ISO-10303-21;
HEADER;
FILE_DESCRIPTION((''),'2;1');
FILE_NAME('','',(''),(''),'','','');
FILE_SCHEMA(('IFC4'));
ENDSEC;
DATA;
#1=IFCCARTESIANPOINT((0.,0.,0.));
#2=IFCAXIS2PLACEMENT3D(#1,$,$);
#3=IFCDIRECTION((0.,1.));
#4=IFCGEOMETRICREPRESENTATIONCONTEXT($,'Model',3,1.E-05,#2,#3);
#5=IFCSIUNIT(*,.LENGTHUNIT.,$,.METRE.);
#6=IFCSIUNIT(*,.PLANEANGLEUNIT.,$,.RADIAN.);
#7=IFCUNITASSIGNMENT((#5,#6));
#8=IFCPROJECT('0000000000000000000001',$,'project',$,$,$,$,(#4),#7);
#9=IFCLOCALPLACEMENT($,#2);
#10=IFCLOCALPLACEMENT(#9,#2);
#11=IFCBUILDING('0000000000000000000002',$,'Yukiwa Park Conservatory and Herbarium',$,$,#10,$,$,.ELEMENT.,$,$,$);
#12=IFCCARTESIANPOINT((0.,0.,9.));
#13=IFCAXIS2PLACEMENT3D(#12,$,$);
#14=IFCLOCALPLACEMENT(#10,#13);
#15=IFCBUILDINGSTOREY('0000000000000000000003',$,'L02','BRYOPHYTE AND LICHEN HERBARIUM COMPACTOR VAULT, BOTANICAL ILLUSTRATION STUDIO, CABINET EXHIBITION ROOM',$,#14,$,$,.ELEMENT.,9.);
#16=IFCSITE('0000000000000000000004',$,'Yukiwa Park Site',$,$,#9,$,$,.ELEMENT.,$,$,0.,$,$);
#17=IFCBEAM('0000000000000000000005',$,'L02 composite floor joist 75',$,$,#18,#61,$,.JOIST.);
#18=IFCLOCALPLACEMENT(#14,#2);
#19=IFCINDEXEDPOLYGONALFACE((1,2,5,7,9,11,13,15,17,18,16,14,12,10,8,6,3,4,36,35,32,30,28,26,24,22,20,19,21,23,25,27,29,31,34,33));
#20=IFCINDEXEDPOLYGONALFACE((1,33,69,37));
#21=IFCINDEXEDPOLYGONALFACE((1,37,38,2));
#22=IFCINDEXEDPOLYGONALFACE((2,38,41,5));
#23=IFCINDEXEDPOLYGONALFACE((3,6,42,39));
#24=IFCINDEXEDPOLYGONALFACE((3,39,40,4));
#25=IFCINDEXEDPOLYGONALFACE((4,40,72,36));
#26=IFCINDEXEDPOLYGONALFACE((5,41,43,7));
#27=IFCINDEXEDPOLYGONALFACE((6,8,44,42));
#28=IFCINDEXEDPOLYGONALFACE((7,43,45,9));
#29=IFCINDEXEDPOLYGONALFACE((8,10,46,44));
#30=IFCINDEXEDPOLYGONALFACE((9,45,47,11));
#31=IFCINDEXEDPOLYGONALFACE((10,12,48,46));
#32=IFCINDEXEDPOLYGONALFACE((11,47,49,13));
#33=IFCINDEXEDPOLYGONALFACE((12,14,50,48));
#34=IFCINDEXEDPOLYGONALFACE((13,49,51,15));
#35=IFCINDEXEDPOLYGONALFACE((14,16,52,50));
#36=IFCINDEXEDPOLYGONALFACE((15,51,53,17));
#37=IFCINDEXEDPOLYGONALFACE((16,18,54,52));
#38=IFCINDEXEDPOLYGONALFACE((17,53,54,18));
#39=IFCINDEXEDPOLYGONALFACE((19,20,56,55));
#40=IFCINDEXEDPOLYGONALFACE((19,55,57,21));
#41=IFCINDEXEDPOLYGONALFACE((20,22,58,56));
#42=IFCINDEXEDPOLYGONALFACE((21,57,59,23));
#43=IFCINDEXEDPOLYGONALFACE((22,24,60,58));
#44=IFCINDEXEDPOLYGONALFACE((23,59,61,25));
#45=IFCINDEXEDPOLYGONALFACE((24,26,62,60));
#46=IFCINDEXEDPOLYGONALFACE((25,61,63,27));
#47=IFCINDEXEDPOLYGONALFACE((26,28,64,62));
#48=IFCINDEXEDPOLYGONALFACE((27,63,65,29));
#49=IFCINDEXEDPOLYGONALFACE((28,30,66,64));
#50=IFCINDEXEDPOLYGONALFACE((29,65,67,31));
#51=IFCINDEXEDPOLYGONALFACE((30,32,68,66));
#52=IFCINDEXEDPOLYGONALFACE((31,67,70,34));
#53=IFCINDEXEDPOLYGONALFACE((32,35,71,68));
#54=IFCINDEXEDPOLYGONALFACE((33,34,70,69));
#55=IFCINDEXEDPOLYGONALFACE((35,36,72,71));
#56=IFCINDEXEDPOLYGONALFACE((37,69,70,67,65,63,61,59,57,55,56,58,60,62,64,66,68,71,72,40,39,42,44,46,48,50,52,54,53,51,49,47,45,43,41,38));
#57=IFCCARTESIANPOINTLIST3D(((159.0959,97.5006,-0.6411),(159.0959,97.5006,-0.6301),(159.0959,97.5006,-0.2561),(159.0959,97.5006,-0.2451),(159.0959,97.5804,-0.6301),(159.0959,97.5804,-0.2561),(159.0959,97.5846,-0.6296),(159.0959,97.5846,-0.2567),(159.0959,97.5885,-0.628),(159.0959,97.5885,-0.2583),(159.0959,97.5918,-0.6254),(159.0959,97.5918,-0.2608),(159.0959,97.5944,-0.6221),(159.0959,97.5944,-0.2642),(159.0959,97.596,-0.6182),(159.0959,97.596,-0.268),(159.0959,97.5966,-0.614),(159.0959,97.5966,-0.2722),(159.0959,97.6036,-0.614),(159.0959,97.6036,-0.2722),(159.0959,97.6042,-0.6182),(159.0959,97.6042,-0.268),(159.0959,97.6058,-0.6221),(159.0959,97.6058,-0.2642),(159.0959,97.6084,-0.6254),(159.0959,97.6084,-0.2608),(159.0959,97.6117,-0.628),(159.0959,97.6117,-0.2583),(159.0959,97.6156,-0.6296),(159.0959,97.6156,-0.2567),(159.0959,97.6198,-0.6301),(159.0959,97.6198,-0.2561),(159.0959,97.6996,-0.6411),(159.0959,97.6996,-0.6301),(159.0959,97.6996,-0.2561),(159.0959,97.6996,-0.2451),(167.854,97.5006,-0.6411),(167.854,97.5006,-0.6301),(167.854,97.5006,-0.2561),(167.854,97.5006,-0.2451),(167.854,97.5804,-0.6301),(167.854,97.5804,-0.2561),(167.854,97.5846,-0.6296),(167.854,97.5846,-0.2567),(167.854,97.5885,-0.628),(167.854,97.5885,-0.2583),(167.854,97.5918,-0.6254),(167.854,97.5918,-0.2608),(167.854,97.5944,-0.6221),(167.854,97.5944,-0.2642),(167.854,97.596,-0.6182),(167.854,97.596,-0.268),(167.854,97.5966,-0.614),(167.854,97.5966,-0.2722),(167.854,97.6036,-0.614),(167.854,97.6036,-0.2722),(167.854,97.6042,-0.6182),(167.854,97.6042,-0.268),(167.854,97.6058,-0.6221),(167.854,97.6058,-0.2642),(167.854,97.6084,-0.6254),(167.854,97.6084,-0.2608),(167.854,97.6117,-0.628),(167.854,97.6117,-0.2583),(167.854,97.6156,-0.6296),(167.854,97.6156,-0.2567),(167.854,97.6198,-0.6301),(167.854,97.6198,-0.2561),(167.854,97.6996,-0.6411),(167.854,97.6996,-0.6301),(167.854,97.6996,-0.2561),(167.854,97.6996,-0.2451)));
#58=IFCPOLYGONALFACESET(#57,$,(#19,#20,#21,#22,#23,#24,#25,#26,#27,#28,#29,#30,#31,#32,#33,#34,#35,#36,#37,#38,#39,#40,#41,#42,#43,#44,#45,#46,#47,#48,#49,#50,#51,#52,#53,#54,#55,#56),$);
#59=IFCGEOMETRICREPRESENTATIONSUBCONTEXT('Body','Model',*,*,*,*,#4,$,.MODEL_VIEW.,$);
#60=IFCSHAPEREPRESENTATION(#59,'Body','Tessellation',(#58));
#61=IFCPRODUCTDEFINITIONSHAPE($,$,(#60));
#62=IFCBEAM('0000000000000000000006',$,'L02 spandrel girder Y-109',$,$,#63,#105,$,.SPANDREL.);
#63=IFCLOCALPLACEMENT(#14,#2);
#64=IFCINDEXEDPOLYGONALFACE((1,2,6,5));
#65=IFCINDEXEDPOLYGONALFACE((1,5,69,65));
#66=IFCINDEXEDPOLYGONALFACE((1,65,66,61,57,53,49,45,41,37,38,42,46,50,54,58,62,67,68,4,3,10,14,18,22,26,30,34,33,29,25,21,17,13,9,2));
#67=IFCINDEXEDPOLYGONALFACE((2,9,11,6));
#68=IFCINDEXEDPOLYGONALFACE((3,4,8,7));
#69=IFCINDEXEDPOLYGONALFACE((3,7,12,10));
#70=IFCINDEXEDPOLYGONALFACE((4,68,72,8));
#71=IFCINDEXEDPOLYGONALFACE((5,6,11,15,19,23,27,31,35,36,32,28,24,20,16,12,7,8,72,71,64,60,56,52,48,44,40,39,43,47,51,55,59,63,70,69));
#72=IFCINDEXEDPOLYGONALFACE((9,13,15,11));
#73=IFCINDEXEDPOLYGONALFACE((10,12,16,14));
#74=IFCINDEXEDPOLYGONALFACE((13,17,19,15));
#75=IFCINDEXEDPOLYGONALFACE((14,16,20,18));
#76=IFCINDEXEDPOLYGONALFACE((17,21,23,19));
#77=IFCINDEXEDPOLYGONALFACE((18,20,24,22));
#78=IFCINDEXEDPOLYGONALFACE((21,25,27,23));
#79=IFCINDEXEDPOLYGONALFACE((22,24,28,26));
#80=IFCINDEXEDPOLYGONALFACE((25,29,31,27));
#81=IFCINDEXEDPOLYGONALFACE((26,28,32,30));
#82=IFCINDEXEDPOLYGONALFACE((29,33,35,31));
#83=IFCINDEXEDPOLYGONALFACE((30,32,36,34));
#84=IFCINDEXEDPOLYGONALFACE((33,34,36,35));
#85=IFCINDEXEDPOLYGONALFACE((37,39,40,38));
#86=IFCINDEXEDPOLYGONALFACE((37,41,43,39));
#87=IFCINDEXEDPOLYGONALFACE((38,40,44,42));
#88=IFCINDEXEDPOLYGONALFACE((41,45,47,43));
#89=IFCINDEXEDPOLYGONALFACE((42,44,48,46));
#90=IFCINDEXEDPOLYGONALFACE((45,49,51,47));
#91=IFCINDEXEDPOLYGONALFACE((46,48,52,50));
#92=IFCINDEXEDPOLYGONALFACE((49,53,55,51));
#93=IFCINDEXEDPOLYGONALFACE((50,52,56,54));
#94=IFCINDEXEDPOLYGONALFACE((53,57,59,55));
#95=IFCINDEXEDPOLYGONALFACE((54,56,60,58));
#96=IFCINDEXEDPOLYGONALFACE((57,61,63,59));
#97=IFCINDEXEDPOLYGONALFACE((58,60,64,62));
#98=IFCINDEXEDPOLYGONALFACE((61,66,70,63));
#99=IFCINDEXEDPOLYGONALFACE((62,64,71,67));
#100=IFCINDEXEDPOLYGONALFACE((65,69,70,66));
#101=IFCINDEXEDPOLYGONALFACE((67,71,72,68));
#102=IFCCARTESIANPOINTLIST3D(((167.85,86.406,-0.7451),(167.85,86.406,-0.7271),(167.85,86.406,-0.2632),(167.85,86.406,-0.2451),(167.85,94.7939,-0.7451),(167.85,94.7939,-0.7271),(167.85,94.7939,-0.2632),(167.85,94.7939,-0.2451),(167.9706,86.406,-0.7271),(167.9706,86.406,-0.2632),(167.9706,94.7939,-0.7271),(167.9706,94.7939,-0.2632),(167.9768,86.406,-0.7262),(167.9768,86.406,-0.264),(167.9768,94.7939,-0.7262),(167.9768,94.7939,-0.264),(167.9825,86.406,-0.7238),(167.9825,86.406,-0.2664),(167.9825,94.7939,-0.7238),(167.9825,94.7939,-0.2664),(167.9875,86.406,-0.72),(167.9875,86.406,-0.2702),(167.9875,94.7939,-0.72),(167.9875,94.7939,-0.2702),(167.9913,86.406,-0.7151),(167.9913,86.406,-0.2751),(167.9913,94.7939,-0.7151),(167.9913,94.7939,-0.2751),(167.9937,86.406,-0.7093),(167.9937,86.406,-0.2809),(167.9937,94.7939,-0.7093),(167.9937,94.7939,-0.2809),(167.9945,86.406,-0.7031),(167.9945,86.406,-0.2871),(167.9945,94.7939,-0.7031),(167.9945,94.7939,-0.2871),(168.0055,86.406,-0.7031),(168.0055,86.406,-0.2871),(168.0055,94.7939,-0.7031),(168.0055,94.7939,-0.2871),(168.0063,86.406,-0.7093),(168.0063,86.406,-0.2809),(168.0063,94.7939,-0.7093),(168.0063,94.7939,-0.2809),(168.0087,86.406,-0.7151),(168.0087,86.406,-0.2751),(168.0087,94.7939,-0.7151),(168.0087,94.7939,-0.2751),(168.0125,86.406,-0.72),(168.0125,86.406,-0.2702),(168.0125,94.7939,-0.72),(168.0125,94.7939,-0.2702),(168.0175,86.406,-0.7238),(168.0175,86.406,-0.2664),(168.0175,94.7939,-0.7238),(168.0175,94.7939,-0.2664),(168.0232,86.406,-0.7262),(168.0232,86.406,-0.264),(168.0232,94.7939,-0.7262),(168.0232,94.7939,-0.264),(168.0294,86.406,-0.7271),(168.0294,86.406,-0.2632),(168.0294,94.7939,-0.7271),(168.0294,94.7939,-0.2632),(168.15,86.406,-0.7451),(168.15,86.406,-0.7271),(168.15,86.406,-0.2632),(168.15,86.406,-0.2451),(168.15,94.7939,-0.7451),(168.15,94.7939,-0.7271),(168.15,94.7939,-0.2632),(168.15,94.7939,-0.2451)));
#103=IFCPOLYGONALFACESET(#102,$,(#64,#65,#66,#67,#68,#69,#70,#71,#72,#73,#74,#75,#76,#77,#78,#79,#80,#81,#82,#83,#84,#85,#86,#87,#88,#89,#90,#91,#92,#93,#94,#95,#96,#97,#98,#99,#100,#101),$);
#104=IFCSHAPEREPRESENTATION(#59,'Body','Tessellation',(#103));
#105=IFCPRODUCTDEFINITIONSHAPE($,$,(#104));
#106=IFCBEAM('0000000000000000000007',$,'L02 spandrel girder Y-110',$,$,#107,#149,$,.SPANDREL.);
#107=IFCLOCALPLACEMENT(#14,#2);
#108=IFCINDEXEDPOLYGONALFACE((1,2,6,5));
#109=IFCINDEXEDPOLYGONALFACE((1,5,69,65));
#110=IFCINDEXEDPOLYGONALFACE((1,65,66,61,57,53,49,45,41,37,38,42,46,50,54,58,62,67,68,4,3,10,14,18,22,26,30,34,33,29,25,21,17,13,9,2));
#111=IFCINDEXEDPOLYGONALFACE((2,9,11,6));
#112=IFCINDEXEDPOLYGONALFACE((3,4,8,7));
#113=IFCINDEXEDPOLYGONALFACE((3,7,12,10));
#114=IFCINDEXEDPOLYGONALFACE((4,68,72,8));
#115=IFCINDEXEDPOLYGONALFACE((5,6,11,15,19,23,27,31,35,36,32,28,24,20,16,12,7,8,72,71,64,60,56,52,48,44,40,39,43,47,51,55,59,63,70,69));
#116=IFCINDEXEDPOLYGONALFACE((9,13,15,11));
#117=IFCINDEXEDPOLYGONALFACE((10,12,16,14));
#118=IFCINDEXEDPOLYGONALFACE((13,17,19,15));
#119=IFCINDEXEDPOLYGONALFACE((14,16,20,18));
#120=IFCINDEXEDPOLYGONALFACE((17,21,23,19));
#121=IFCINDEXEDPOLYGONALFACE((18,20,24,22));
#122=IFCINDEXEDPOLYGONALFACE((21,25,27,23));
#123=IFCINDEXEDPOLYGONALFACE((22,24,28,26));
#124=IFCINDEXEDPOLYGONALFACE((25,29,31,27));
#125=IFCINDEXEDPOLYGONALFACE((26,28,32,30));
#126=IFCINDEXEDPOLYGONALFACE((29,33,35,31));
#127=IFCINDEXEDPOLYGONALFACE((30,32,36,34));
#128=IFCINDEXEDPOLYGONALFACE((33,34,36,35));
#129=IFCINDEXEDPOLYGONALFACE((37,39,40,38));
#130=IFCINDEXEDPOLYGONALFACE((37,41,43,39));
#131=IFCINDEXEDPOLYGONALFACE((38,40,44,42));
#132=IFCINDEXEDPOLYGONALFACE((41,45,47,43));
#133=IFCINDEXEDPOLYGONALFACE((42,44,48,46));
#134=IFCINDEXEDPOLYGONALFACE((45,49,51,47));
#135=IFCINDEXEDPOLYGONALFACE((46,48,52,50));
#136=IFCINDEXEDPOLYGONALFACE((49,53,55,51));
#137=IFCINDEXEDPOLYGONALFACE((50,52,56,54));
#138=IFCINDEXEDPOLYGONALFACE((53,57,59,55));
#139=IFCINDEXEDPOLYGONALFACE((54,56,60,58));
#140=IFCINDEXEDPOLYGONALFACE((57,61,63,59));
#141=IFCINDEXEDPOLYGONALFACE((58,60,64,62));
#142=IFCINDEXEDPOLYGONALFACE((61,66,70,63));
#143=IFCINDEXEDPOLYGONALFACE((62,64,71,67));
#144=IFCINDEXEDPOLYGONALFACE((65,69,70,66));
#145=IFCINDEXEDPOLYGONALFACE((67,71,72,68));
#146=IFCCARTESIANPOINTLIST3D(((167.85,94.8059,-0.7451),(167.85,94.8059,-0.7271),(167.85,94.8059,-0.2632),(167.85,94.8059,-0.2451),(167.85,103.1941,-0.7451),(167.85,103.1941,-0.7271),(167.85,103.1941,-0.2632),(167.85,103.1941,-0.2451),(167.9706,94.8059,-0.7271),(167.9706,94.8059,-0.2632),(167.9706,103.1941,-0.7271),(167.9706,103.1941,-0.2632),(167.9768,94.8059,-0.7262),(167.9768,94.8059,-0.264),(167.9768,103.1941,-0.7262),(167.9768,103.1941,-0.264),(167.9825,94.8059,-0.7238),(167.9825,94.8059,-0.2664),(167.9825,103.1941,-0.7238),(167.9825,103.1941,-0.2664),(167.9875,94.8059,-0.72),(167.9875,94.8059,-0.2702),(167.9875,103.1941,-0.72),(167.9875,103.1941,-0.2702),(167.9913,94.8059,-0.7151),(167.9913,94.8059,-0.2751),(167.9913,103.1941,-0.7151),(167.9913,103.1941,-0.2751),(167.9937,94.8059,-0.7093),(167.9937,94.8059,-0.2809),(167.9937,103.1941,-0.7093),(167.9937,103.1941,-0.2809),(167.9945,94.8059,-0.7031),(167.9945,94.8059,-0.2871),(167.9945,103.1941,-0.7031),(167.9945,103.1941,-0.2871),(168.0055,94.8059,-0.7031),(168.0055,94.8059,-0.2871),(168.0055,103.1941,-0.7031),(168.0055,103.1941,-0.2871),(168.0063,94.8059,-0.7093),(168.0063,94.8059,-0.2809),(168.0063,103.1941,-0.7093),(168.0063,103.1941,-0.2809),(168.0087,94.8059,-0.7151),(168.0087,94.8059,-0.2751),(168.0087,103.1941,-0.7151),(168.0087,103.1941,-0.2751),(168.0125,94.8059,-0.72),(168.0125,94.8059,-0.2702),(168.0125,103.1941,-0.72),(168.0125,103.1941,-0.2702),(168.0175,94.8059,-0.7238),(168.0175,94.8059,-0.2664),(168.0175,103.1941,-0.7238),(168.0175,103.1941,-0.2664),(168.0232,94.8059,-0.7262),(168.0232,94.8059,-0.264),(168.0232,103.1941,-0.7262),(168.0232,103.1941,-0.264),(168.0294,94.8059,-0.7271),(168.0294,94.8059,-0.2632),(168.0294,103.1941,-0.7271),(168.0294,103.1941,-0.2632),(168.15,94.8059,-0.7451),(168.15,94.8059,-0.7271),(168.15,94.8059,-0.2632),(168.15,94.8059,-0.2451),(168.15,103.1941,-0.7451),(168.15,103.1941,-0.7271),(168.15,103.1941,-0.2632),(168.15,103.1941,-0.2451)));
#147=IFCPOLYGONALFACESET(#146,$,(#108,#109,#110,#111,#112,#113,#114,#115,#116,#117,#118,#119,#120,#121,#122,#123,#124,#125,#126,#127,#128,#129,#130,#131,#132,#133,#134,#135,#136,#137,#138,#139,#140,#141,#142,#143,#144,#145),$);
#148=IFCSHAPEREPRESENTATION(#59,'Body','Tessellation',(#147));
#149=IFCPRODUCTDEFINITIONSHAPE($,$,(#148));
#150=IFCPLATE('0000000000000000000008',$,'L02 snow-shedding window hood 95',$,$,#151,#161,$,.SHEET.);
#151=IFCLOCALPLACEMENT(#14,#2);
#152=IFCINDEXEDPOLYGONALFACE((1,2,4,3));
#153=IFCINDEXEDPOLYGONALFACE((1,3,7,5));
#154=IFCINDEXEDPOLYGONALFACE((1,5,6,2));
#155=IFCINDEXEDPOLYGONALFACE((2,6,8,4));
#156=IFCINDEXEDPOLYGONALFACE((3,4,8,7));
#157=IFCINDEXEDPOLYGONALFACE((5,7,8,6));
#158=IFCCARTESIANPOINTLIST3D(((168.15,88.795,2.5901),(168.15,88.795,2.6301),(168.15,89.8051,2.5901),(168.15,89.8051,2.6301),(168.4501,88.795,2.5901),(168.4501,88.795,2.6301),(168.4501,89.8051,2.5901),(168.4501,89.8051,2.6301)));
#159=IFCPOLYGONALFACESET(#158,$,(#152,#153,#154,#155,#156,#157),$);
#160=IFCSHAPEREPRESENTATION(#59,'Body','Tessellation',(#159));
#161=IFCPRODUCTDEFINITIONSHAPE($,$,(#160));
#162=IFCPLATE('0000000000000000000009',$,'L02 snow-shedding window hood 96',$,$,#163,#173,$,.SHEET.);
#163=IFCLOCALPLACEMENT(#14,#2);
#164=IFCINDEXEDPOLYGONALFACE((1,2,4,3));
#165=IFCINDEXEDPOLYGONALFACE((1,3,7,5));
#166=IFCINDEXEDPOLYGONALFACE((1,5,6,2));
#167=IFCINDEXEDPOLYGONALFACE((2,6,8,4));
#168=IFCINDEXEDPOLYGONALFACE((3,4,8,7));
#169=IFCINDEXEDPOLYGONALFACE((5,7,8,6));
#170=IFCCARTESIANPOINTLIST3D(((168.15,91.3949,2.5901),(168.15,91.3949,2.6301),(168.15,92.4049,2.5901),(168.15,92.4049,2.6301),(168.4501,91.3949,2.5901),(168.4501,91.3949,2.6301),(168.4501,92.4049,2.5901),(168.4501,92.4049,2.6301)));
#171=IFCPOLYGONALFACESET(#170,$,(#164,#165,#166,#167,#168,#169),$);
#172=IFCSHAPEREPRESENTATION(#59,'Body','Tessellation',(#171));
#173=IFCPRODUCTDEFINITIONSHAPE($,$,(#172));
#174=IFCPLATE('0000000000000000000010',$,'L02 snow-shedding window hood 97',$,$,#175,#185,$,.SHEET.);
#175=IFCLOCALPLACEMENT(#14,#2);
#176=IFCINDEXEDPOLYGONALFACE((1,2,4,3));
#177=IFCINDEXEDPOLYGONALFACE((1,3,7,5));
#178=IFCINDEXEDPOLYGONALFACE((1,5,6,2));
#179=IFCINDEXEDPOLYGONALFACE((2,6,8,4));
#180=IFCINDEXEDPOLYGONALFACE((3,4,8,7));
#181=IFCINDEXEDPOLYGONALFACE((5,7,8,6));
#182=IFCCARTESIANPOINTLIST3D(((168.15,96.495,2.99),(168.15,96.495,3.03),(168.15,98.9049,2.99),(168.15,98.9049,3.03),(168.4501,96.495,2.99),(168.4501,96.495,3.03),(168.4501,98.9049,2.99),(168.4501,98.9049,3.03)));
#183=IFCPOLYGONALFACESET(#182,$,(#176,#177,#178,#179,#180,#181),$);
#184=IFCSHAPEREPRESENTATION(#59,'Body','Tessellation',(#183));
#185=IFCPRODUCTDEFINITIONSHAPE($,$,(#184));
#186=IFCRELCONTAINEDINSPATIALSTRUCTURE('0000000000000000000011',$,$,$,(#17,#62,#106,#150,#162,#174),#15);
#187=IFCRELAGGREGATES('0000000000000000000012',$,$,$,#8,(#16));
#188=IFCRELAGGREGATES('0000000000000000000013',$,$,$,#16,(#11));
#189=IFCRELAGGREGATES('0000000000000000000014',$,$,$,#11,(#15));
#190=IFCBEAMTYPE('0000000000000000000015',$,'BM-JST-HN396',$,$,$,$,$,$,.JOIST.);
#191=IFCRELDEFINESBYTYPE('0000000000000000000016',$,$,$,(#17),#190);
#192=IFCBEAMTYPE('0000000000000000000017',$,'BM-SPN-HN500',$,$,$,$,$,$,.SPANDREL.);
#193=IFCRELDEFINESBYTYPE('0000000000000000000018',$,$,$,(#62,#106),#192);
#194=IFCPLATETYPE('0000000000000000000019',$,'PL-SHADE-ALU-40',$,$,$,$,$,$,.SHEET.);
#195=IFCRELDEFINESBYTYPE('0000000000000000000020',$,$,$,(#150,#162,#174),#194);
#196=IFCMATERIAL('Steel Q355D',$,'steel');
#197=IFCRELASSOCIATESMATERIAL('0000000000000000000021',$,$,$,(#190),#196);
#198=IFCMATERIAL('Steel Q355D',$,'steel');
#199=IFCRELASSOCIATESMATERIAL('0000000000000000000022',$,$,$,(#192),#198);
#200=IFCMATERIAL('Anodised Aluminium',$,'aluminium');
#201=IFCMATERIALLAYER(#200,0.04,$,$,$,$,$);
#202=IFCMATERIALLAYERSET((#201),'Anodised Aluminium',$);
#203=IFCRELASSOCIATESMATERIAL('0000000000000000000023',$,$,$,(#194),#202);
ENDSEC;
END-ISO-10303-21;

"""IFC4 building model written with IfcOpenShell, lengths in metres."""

from ifc_helpers import new_model, si_unit, direction, frame, origin, origin_2d, place, context, subcontext, project, spatial, rectangle, i_section, extrude, material, layer, layer_set, material_profile, profile_set, type_object, element, save


model = new_model("IFC4")

# Units and contexts
model_context = context("Model", 3, precision=1e-05, world=origin(), true_north=direction((0.0, 1.0)))
body_context = subcontext(model_context, "Body", "Model", "MODEL_VIEW")
ifc_project = project(units=[si_unit("LENGTHUNIT", "METRE"), si_unit("PLANEANGLEUNIT", "RADIAN")], contexts=[model_context])

# Site, building, storey
site_placement = place(None, origin())
site = spatial("IfcSite", under=ifc_project, at=site_placement, Name="Yukiwa Park Site", CompositionType="ELEMENT", RefElevation=0.0)
building_placement = place(site_placement, origin())
building = spatial("IfcBuilding", under=site, at=building_placement, Name="Yukiwa Park Conservatory and Herbarium", CompositionType="ELEMENT")
storey_placement = place(building_placement, frame((0.0, 0.0, 9.0)))
storey = spatial("IfcBuildingStorey", under=building, at=storey_placement, Name="L02", Description="BRYOPHYTE AND LICHEN HERBARIUM COMPACTOR VAULT, BOTANICAL ILLUSTRATION STUDIO, CABINET EXHIBITION ROOM", CompositionType="ELEMENT", Elevation=9.0)

# Beams
ifc_material_1 = material(Name="Steel Q355D", Category="steel")
ifc_material_profile_1 = material_profile(ifc_material_1, i_section(OverallWidth=0.199, OverallDepth=0.396, WebThickness=0.0071, FlangeThickness=0.011, FilletRadius=0.0161, at=origin_2d()), Name="HN 396x199x7x11")
ifc_profile_set_1 = profile_set([ifc_material_profile_1], Name="Steel Q355D")
beam_type_1 = type_object("IfcBeamType", Name="BM-JST-HN396", PredefinedType="JOIST", material=ifc_profile_set_1)
for number, where, z_axis, x_axis, name in (
    (1, (159.0959, 97.6001, -0.4431), (1.0, 0.0, 0.0), (0.0, 1.0, 0.0), "L02 composite floor joist 75"),
):
    element("IfcBeam", number, at=place(storey_placement, frame(where, z_axis=z_axis, x_axis=x_axis)), inside=storey, type_object=beam_type_1, Name=name, PredefinedType="JOIST", context=body_context, shape_type="SweptSolid", body=[
        extrude(i_section(OverallWidth=0.199, OverallDepth=0.396, WebThickness=0.0071, FlangeThickness=0.011, FilletRadius=0.0161, at=origin_2d()), origin(), (0.0, 0.0, 1.0), 8.7581),
    ])
ifc_material_2 = material(Name="Steel Q355D", Category="steel")
ifc_material_profile_2 = material_profile(ifc_material_2, i_section(OverallWidth=0.3, OverallDepth=0.5, WebThickness=0.011, FlangeThickness=0.0181, FilletRadius=0.0239, at=origin_2d()), Name="HM 500x300x11x18")
ifc_profile_set_2 = profile_set([ifc_material_profile_2], Name="Steel Q355D")
beam_type_2 = type_object("IfcBeamType", Name="BM-SPN-HN500", PredefinedType="SPANDREL", material=ifc_profile_set_2)
beam_1_placement = place(storey_placement, frame((168.0, 86.406, -0.4951), z_axis=(0.0, 1.0, 0.0), x_axis=(-1.0, 0.0, 0.0)))
element("IfcBeam", 2, at=beam_1_placement, inside=storey, type_object=beam_type_2, Name="L02 spandrel girder Y-109", PredefinedType="SPANDREL", context=body_context, shape_type="SweptSolid", body=[
    extrude(i_section(OverallWidth=0.3, OverallDepth=0.5, WebThickness=0.011, FlangeThickness=0.0181, FilletRadius=0.0239, at=origin_2d()), origin(), (0.0, 0.0, 1.0), 8.3879),
])
beam_2_placement = place(storey_placement, frame((168.0, 94.8059, -0.4951), z_axis=(0.0, 1.0, 0.0), x_axis=(-1.0, 0.0, 0.0)))
element("IfcBeam", 3, at=beam_2_placement, inside=storey, type_object=beam_type_2, Name="L02 spandrel girder Y-110", PredefinedType="SPANDREL", context=body_context, shape_type="SweptSolid", body=[
    extrude(i_section(OverallWidth=0.3, OverallDepth=0.5, WebThickness=0.011, FlangeThickness=0.0181, FilletRadius=0.0239, at=origin_2d()), origin(), (0.0, 0.0, 1.0), 8.3882),
])

# Plates
ifc_material_3 = material(Name="Anodised Aluminium", Category="aluminium")
ifc_layer_1 = layer(ifc_material_3, 0.04)
ifc_layer_set_1 = layer_set([ifc_layer_1], Name="Anodised Aluminium")
plate_type = type_object("IfcPlateType", Name="PL-SHADE-ALU-40", PredefinedType="SHEET", material=ifc_layer_set_1)
for number, where, z_axis, x_axis, name in (
    (4, (168.3, 89.3, 2.5901), (0.0, 0.0, 1.0), (0.0, 1.0, 0.0), "L02 snow-shedding window hood 95"),
    (5, (168.3, 91.8999, 2.5901), (0.0, 0.0, 1.0), (0.0, 1.0, 0.0), "L02 snow-shedding window hood 96"),
):
    element("IfcPlate", number, at=place(storey_placement, frame(where, z_axis=z_axis, x_axis=x_axis)), inside=storey, type_object=plate_type, Name=name, PredefinedType="SHEET", context=body_context, shape_type="SweptSolid", body=[
        extrude(rectangle(XDim=1.01, YDim=0.3, at=origin_2d()), origin(), (0.0, 0.0, 1.0), 0.04),
    ])
plate_placement = place(storey_placement, frame((168.3, 97.7, 2.99), z_axis=(0.0, 0.0, 1.0), x_axis=(0.0, 1.0, 0.0)))
element("IfcPlate", 6, at=plate_placement, inside=storey, type_object=plate_type, Name="L02 snow-shedding window hood 97", PredefinedType="SHEET", context=body_context, shape_type="SweptSolid", body=[
    extrude(rectangle(XDim=2.4099, YDim=0.3, at=origin_2d()), origin(), (0.0, 0.0, 1.0), 0.04),
])

save(model, "model.ifc")
